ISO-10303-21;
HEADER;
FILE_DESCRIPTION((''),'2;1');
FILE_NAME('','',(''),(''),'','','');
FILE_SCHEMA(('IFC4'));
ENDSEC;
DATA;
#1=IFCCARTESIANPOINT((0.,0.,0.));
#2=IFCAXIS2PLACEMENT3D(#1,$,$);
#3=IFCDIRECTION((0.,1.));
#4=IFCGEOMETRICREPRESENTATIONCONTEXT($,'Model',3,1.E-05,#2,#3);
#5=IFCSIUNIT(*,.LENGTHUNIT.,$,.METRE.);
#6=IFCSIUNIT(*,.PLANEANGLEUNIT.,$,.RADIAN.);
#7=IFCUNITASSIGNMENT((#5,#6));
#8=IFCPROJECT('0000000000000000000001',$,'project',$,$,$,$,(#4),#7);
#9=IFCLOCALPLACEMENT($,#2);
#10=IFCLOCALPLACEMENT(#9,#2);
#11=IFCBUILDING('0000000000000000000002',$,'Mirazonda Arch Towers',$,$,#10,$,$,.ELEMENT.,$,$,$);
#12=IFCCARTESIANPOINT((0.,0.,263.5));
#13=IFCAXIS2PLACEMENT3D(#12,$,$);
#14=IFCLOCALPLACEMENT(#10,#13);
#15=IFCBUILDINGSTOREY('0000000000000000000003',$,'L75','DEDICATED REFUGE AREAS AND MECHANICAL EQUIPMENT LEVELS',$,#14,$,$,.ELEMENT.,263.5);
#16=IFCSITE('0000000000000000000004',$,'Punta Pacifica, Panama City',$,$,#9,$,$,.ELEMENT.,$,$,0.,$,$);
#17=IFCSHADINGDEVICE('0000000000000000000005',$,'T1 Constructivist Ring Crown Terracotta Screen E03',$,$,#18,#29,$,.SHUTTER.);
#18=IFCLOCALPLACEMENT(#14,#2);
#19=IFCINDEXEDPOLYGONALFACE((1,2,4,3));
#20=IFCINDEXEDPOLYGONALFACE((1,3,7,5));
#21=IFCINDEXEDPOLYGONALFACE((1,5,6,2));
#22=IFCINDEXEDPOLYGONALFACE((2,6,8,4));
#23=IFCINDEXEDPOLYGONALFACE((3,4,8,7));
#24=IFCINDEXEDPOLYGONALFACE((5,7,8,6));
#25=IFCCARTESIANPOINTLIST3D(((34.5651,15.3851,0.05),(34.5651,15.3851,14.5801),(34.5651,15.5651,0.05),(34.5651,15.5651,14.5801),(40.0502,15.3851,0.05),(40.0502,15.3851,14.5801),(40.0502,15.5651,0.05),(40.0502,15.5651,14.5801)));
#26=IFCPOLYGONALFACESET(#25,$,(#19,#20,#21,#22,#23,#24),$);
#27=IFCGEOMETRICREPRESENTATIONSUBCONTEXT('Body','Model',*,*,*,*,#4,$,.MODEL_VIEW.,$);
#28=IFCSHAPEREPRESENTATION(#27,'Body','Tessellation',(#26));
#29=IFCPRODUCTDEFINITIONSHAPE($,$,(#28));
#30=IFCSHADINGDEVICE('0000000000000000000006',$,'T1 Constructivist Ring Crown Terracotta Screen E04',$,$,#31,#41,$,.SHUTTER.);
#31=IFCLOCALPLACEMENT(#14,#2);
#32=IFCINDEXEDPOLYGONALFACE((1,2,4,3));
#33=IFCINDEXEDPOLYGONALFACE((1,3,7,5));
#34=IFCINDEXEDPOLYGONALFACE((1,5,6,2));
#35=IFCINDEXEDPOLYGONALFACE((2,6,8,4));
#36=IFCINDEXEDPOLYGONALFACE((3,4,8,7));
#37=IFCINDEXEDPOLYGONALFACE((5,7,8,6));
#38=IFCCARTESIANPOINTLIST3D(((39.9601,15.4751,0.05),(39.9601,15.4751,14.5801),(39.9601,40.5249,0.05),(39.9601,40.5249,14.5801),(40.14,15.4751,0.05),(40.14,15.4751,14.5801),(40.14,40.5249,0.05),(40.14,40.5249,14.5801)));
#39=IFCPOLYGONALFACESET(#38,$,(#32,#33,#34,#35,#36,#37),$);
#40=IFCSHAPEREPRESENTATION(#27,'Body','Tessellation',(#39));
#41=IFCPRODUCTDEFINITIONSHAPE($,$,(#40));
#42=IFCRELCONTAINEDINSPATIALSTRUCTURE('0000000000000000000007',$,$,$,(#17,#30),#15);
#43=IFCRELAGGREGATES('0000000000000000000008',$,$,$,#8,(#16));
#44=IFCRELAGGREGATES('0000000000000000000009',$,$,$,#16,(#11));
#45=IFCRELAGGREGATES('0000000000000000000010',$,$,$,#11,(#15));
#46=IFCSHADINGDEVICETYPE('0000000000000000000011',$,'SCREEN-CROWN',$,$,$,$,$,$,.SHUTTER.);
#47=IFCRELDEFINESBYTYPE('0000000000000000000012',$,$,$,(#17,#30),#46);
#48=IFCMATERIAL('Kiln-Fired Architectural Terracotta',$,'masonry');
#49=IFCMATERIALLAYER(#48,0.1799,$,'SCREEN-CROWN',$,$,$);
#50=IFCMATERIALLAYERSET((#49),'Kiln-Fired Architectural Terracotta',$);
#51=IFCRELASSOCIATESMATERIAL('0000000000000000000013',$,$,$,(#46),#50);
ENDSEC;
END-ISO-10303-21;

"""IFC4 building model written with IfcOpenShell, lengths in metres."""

from ifc_helpers import new_model, si_unit, direction, frame, frame_2d, origin, place, context, subcontext, project, spatial, rectangle, extrude, material, layer, layer_set, type_object, element, save


model = new_model("IFC4")

# Units and contexts
model_context = context("Model", 3, precision=1e-05, world=origin(), true_north=direction((0.0, 1.0)))
body_context = subcontext(model_context, "Body", "Model", "MODEL_VIEW")
ifc_project = project(units=[si_unit("LENGTHUNIT", "METRE"), si_unit("PLANEANGLEUNIT", "RADIAN")], contexts=[model_context])

# Site, building, storey
site_placement = place(None, origin())
site = spatial("IfcSite", under=ifc_project, at=site_placement, Name="Punta Pacifica, Panama City", CompositionType="ELEMENT", RefElevation=0.0)
building_placement = place(site_placement, origin())
building = spatial("IfcBuilding", under=site, at=building_placement, Name="Mirazonda Arch Towers", CompositionType="ELEMENT")
storey_placement = place(building_placement, frame((0.0, 0.0, 263.5)))
storey = spatial("IfcBuildingStorey", under=building, at=storey_placement, Name="L75", Description="DEDICATED REFUGE AREAS AND MECHANICAL EQUIPMENT LEVELS", CompositionType="ELEMENT", Elevation=263.5)

# Shading devices
ifc_material_1 = material(Name="Kiln-Fired Architectural Terracotta", Category="masonry")
ifc_layer_1 = layer(ifc_material_1, 0.1799, Name="SCREEN-CROWN")
ifc_layer_set_1 = layer_set([ifc_layer_1], Name="Kiln-Fired Architectural Terracotta")
shading_device_type_1 = type_object("IfcShadingDeviceType", Name="SCREEN-CROWN", PredefinedType="SHUTTER", material=ifc_layer_set_1)
shading_device_1_placement = place(storey_placement, frame((34.5649, 15.4751, 0.05), z_axis=(0.0, 0.0, 1.0), x_axis=(1.0, 0.0, 0.0)))
element("IfcShadingDevice", 1, at=shading_device_1_placement, inside=storey, type_object=shading_device_type_1, Name="T1 Constructivist Ring Crown Terracotta Screen E03", PredefinedType="SHUTTER", context=body_context, shape_type="SweptSolid", body=[
    extrude(rectangle(XDim=5.4851, YDim=0.1799, at=frame_2d((2.7427, 0.0))), origin(), (0.0, 0.0, 1.0), 14.53),
])
shading_device_2_placement = place(storey_placement, frame((40.05, 15.4751, 0.05), z_axis=(0.0, 0.0, 1.0), x_axis=(0.0, 1.0, 0.0)))
element("IfcShadingDevice", 2, at=shading_device_2_placement, inside=storey, type_object=shading_device_type_1, Name="T1 Constructivist Ring Crown Terracotta Screen E04", PredefinedType="SHUTTER", context=body_context, shape_type="SweptSolid", body=[
    extrude(rectangle(XDim=25.0498, YDim=0.1799, at=frame_2d((12.5249, 0.0))), origin(), (0.0, 0.0, 1.0), 14.53),
])

save(model, "model.ifc")
